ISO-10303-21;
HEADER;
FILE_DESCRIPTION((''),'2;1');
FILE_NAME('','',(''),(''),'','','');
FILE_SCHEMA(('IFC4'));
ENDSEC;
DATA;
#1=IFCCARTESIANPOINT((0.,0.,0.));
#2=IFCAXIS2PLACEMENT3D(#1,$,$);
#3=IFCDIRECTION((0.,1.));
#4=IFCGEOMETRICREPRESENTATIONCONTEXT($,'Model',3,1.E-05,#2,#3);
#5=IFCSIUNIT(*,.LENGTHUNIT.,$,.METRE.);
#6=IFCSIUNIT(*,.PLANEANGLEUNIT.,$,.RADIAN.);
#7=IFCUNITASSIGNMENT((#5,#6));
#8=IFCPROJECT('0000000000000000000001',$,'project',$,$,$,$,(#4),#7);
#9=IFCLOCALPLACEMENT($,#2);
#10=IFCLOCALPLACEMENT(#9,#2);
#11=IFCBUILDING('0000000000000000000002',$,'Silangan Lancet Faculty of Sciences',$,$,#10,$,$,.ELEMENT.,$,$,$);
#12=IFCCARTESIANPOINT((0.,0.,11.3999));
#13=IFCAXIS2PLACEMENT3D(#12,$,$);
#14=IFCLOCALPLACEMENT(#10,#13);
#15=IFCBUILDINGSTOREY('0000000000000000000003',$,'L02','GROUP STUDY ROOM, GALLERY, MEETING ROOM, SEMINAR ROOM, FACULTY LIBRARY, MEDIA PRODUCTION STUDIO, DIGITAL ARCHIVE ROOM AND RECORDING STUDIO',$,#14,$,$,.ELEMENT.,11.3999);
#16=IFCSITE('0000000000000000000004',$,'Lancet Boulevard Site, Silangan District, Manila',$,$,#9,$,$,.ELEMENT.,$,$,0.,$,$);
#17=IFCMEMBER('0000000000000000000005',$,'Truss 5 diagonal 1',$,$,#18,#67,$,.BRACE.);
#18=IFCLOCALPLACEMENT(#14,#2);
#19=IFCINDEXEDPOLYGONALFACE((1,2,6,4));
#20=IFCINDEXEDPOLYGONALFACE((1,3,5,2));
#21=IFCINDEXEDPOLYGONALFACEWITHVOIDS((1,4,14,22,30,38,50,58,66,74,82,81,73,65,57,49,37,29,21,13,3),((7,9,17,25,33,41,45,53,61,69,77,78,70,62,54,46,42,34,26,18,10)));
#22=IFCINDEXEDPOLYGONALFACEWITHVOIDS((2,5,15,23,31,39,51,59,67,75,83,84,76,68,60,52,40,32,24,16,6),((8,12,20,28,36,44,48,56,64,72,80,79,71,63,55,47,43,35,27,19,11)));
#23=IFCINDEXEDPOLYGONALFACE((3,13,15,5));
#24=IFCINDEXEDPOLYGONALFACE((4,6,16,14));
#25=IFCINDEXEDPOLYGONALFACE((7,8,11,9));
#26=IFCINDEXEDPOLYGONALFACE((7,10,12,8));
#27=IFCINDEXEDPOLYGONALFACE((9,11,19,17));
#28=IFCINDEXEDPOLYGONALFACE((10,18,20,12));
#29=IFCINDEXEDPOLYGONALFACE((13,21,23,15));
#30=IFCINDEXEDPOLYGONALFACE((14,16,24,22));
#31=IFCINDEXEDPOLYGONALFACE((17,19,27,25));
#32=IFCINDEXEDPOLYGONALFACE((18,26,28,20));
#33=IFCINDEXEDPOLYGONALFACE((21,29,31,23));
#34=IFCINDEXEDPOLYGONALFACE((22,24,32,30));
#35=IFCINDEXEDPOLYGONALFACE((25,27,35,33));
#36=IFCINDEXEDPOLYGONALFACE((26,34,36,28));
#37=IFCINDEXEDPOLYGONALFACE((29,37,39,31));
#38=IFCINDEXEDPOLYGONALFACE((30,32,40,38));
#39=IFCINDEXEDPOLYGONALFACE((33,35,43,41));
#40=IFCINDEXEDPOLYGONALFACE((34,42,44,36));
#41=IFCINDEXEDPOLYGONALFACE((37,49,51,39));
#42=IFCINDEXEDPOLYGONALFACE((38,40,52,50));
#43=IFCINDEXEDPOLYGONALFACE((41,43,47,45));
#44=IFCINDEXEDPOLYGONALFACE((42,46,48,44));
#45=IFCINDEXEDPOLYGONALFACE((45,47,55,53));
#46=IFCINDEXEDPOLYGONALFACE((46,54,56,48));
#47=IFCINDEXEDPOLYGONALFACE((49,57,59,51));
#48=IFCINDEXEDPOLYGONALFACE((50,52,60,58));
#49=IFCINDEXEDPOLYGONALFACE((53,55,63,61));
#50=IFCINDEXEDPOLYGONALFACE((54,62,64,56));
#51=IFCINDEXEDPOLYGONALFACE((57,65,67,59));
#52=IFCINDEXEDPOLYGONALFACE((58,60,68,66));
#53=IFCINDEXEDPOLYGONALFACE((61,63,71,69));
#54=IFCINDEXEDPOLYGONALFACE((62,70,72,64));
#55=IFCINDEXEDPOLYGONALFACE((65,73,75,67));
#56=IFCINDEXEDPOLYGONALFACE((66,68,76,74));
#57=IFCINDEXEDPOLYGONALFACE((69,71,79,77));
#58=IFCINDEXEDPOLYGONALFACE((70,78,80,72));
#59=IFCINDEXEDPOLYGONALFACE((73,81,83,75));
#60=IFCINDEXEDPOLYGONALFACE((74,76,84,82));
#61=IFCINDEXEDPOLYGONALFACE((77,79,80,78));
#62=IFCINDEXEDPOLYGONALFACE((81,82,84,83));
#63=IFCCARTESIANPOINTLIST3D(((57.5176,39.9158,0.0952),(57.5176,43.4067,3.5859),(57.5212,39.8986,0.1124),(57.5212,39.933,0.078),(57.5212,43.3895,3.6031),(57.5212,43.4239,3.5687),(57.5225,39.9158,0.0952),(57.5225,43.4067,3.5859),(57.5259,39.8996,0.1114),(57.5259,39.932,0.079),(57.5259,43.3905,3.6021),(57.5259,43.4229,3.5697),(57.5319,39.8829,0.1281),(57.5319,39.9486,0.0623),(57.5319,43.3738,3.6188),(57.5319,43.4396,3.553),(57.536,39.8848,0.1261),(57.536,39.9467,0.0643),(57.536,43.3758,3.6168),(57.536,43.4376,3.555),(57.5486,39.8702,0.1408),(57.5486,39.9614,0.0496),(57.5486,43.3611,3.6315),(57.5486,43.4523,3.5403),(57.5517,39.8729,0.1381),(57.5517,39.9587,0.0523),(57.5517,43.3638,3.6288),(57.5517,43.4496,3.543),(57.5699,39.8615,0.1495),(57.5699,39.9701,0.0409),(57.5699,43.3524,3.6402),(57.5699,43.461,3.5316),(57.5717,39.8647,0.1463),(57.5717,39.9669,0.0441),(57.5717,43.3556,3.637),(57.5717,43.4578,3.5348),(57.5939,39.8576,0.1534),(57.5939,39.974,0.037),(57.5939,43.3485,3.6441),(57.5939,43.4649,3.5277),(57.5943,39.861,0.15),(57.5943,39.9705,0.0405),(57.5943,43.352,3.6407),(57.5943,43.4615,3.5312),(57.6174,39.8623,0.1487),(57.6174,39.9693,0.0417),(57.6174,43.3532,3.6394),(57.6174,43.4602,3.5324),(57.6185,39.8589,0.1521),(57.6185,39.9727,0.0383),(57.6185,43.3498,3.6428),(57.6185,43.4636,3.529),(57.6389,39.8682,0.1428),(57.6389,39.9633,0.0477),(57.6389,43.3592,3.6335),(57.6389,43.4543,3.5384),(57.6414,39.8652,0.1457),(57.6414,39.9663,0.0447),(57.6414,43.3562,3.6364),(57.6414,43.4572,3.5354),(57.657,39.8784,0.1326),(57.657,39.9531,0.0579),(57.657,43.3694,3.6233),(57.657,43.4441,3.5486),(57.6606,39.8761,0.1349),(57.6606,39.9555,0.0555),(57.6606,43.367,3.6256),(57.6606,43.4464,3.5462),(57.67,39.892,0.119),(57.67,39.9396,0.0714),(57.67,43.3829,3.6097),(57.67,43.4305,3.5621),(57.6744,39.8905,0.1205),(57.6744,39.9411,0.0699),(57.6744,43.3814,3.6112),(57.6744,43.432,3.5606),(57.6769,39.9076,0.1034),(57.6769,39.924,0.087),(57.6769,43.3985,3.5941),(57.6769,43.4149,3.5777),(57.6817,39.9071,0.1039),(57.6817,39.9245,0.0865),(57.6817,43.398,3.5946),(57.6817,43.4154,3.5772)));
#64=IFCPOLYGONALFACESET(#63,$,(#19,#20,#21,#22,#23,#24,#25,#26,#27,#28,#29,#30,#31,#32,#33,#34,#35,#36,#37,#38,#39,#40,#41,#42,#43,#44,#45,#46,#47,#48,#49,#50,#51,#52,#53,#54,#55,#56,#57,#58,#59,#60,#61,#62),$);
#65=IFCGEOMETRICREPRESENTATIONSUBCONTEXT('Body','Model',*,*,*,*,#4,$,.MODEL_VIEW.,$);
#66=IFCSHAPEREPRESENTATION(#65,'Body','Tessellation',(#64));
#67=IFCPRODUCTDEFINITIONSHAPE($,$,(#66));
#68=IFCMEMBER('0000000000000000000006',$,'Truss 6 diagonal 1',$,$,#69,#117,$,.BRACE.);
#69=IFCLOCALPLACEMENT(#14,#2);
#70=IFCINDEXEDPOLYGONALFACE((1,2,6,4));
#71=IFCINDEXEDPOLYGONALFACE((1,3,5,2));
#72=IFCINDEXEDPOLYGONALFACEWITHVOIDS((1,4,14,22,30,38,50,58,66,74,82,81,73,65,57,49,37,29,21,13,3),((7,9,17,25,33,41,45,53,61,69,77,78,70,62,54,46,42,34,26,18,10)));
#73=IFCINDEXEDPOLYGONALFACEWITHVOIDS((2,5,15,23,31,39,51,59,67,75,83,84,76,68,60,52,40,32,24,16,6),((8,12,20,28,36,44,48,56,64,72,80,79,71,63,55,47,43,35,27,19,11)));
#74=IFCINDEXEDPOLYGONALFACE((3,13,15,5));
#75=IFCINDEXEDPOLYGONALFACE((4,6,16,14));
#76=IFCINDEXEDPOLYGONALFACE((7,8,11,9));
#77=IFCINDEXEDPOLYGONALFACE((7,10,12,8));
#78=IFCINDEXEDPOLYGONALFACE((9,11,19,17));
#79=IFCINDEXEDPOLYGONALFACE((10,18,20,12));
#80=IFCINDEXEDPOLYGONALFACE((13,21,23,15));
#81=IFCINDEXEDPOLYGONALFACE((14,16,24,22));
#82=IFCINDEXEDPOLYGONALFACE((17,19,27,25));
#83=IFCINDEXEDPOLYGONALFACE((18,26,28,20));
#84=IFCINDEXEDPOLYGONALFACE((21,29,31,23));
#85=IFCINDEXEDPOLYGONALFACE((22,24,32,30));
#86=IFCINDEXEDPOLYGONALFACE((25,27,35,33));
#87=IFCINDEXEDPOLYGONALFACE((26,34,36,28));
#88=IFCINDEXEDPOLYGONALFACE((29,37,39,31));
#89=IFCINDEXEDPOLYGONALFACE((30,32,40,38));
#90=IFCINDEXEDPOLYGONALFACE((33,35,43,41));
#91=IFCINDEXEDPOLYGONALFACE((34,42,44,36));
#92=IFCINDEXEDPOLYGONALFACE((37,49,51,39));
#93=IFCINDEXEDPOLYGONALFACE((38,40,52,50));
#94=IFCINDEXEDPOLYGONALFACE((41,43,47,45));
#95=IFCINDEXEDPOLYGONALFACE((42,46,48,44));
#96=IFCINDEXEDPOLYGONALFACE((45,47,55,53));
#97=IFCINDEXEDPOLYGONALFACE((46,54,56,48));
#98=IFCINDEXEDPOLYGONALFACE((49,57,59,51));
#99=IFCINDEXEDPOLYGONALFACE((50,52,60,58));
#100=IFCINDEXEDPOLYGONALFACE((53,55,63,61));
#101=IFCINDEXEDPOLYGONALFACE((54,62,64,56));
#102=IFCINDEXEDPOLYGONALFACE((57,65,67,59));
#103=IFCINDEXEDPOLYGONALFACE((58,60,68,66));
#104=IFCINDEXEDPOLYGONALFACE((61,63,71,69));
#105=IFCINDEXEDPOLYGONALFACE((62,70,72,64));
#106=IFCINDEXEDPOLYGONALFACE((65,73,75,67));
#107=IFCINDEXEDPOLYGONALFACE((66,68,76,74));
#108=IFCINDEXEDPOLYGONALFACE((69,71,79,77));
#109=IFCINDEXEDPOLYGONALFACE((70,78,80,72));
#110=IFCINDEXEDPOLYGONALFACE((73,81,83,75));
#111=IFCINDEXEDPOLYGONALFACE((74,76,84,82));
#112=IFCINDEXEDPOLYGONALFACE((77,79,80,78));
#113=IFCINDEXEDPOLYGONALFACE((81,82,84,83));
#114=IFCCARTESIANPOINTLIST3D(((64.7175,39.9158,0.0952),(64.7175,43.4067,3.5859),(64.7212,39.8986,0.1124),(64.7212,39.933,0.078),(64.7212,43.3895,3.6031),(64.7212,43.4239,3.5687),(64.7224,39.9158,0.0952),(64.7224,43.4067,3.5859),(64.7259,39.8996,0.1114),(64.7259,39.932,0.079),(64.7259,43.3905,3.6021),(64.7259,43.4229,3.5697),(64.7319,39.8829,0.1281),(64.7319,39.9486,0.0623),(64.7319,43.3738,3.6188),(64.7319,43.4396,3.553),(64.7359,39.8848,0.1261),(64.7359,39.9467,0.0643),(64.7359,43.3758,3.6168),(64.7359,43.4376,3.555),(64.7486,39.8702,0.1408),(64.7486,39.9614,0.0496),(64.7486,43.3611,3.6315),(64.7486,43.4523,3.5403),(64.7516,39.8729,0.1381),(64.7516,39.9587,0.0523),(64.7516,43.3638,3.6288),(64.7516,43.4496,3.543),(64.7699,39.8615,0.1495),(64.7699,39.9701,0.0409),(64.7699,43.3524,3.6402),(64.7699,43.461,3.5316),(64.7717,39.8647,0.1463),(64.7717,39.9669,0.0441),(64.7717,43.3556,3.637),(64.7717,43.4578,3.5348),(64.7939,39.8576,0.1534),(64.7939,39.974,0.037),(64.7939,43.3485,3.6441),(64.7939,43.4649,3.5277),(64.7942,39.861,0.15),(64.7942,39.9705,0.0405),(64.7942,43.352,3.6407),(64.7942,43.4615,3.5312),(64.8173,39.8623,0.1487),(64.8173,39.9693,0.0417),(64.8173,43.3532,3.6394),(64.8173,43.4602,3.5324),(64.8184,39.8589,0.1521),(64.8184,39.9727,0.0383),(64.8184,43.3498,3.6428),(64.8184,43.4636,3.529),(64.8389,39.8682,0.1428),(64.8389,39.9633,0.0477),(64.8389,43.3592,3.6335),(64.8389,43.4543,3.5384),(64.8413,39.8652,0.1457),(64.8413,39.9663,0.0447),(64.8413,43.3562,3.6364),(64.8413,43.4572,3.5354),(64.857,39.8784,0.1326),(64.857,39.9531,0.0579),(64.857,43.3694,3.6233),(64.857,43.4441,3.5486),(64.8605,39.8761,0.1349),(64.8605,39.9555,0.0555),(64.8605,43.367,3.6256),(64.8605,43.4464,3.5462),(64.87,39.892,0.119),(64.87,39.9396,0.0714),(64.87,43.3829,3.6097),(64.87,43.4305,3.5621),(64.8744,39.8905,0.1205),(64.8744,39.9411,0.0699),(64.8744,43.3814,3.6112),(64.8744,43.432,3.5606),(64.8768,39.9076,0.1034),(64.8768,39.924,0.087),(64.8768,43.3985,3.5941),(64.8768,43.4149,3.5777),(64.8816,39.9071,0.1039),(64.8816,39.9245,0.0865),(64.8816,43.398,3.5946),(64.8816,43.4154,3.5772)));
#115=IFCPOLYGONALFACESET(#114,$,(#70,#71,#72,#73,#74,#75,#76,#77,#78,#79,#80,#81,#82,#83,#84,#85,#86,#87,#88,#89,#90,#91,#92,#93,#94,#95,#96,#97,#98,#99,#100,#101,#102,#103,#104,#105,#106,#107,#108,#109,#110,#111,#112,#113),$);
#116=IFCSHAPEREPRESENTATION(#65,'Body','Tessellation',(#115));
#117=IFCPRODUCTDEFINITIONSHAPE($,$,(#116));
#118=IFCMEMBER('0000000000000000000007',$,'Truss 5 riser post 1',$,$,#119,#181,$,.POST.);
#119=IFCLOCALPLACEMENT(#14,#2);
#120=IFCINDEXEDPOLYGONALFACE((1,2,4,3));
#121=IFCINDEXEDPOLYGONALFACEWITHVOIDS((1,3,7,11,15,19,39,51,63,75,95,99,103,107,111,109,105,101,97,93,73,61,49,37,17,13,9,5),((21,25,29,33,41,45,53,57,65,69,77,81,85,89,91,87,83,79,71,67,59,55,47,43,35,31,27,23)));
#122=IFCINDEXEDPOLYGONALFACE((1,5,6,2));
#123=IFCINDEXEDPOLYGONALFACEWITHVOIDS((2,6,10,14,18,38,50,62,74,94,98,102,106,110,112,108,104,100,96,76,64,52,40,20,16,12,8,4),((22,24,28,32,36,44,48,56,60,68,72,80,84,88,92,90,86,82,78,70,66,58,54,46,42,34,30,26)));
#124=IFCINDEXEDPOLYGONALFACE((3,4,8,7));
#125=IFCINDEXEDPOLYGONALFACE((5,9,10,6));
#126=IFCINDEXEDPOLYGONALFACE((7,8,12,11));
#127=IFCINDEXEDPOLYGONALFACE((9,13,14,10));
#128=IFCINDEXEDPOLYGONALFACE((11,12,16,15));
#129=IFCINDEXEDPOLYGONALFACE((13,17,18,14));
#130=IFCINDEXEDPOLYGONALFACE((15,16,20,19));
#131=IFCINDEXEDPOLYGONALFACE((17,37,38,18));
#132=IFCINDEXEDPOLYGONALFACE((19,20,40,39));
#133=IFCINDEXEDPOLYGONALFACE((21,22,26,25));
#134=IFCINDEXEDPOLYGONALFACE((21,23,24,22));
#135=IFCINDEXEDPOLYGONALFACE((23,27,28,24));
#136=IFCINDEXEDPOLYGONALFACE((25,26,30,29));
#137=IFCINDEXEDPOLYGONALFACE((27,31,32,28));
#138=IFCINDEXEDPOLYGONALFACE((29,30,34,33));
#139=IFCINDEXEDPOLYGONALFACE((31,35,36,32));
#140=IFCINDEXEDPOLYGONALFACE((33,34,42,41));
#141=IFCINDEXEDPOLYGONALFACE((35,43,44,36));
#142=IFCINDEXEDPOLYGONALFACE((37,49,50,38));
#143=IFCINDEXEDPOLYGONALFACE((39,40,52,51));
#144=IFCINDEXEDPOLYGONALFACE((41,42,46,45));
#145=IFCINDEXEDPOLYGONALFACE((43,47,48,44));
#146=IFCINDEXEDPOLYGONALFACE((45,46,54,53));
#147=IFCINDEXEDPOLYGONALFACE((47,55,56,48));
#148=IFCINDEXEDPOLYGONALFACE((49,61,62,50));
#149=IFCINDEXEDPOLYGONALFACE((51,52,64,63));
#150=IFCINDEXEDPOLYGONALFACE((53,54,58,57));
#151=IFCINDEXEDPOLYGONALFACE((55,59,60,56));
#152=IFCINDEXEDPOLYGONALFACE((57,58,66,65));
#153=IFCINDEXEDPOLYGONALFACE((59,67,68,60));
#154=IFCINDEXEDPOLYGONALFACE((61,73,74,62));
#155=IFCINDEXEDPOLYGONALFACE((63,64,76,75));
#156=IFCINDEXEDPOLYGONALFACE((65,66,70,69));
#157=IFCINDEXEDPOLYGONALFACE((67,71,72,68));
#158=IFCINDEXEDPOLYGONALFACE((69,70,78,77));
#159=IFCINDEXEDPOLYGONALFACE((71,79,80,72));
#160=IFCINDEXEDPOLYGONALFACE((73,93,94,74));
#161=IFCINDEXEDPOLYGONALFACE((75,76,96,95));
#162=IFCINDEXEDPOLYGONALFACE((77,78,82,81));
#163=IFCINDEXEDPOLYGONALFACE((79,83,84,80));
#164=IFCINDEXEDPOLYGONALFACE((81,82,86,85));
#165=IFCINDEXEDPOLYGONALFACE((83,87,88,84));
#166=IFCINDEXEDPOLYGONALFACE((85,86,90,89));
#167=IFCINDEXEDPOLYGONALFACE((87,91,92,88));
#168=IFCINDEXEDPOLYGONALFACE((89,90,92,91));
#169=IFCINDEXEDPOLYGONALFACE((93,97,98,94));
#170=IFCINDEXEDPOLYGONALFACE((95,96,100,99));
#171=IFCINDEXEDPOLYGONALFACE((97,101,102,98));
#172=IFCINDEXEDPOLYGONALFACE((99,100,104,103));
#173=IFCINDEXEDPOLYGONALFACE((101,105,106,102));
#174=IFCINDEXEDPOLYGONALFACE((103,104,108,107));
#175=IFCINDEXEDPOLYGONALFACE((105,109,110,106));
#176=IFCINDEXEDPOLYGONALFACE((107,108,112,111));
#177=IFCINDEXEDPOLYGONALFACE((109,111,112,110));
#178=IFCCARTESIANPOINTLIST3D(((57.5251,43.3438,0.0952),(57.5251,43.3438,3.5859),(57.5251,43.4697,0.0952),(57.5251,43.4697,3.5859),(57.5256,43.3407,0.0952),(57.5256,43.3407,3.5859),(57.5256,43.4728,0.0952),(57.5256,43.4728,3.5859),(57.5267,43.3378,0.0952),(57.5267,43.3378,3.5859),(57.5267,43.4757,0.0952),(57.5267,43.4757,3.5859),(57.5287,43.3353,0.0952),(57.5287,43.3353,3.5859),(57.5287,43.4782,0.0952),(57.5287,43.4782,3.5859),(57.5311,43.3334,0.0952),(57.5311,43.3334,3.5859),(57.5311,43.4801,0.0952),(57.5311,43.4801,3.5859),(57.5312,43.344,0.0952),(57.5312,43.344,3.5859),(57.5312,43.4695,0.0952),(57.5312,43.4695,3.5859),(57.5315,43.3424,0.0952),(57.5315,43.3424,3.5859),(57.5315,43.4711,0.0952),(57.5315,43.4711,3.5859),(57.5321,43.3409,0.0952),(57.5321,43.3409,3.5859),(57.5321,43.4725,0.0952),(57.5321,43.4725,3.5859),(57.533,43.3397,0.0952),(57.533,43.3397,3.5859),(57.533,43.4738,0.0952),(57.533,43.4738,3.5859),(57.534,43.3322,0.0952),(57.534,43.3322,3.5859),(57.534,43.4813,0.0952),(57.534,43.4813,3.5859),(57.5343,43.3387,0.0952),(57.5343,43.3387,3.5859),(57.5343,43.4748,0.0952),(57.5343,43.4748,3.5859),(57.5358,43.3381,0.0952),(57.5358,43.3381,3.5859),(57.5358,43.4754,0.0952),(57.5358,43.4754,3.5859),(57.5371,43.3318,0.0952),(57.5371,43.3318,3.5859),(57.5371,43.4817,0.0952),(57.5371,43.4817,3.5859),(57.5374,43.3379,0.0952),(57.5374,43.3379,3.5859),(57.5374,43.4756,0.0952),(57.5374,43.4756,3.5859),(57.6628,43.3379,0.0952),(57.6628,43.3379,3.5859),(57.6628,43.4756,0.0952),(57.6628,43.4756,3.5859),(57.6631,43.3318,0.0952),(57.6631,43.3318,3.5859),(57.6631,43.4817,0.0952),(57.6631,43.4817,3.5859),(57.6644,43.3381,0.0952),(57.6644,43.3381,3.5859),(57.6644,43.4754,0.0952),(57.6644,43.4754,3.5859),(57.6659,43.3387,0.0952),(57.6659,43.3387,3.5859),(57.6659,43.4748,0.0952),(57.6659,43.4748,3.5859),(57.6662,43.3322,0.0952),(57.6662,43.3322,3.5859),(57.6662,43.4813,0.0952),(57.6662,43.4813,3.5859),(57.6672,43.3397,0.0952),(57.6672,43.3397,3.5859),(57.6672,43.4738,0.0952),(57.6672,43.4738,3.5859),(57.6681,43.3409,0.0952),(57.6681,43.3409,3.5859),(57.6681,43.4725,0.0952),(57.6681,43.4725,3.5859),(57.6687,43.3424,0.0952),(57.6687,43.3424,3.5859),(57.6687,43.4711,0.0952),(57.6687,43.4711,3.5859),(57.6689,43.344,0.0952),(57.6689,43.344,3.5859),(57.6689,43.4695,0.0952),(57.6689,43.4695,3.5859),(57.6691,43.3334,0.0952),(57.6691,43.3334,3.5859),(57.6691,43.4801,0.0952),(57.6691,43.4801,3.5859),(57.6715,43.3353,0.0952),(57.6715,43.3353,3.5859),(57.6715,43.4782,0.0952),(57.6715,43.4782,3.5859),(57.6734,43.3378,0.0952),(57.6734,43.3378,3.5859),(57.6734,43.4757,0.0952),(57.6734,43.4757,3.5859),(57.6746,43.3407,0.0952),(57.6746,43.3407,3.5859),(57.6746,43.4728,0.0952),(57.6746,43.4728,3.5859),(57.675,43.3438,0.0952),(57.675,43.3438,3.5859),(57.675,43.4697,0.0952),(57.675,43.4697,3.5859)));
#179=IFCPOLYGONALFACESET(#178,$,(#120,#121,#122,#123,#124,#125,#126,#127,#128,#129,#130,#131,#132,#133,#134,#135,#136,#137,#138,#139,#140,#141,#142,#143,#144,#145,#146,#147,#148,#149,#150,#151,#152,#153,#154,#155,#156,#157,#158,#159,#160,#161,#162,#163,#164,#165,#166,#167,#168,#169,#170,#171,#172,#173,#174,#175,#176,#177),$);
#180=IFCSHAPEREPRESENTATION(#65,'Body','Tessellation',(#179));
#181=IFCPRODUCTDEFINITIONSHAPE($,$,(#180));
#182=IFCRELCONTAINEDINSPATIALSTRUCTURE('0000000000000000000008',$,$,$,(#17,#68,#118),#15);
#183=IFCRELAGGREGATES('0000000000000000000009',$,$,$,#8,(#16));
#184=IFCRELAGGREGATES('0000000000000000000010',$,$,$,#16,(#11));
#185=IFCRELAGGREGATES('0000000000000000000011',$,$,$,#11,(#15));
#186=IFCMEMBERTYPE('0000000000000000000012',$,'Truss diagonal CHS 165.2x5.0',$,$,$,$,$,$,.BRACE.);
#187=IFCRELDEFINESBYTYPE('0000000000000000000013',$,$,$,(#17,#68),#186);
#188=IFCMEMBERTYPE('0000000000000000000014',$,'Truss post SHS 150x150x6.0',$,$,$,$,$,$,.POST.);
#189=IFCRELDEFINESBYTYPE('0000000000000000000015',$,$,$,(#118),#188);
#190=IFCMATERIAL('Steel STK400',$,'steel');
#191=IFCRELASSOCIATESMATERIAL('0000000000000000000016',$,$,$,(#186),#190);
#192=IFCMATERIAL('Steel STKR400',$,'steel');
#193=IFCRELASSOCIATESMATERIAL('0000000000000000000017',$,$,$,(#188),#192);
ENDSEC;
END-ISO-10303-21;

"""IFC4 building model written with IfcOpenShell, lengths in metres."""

from ifc_helpers import new_model, si_unit, direction, frame, origin, origin_2d, place, context, subcontext, project, spatial, hollow_rectangle, hollow_circle, extrude, material, material_profile, profile_set, type_object, element, save


model = new_model("IFC4")

# Units and contexts
model_context = context("Model", 3, precision=1e-05, world=origin(), true_north=direction((0.0, 1.0)))
body_context = subcontext(model_context, "Body", "Model", "MODEL_VIEW")
ifc_project = project(units=[si_unit("LENGTHUNIT", "METRE"), si_unit("PLANEANGLEUNIT", "RADIAN")], contexts=[model_context])

# Site, building, storey
site_placement = place(None, origin())
site = spatial("IfcSite", under=ifc_project, at=site_placement, Name="Lancet Boulevard Site, Silangan District, Manila", CompositionType="ELEMENT", RefElevation=0.0)
building_placement = place(site_placement, origin())
building = spatial("IfcBuilding", under=site, at=building_placement, Name="Silangan Lancet Faculty of Sciences", CompositionType="ELEMENT")
storey_placement = place(building_placement, frame((0.0, 0.0, 11.3999)))
storey = spatial("IfcBuildingStorey", under=building, at=storey_placement, Name="L02", Description="GROUP STUDY ROOM, GALLERY, MEETING ROOM, SEMINAR ROOM, FACULTY LIBRARY, MEDIA PRODUCTION STUDIO, DIGITAL ARCHIVE ROOM AND RECORDING STUDIO", CompositionType="ELEMENT", Elevation=11.3999)

# Members
ifc_material_1 = material(Name="Steel STK400", Category="steel")
ifc_material_profile_1 = material_profile(ifc_material_1, hollow_circle(Radius=0.0825, WallThickness=0.0049, at=origin_2d()), Name="CHS 165.2x5.0")
ifc_profile_set_1 = profile_set([ifc_material_profile_1], Name="Steel STK400")
member_type_1 = type_object("IfcMemberType", Name="Truss diagonal CHS 165.2x5.0", PredefinedType="BRACE", material=ifc_profile_set_1)
for number, where, z_axis, x_axis, name in (
    (1, (57.6001, 39.9158, 0.0952), (0.0, 0.707132, 0.707082), (-1.0, 0.0, 0.0), "Truss 5 diagonal 1"),
    (2, (64.8, 39.9158, 0.0952), (0.0, 0.707132, 0.707082), (-1.0, 0.0, 0.0), "Truss 6 diagonal 1"),
):
    element("IfcMember", number, at=place(storey_placement, frame(where, z_axis=z_axis, x_axis=x_axis)), inside=storey, type_object=member_type_1, Name=name, PredefinedType="BRACE", context=body_context, shape_type="SweptSolid", body=[
        extrude(hollow_circle(Radius=0.0825, WallThickness=0.0049, at=origin_2d()), origin(), (0.0, 0.0, 1.0), 4.9368),
    ])
ifc_material_2 = material(Name="Steel STKR400", Category="steel")
ifc_material_profile_2 = material_profile(ifc_material_2, hollow_rectangle(XDim=0.1499, YDim=0.1499, WallThickness=0.0061, InnerFilletRadius=0.0061, OuterFilletRadius=0.012, at=origin_2d()), Name="SHS 150x150x6.0")
ifc_profile_set_2 = profile_set([ifc_material_profile_2], Name="Steel STKR400")
member_type_2 = type_object("IfcMemberType", Name="Truss post SHS 150x150x6.0", PredefinedType="POST", material=ifc_profile_set_2)
member_1_placement = place(storey_placement, frame((57.6001, 43.4067, 0.0952), z_axis=(0.0, 0.0, 1.0), x_axis=(1.0, 0.0, 0.0)))
element("IfcMember", 3, at=member_1_placement, inside=storey, type_object=member_type_2, Name="Truss 5 riser post 1", PredefinedType="POST", context=body_context, shape_type="SweptSolid", body=[
    extrude(hollow_rectangle(XDim=0.1499, YDim=0.1499, WallThickness=0.0061, InnerFilletRadius=0.0061, OuterFilletRadius=0.012, at=origin_2d()), origin(), (0.0, 0.0, 1.0), 3.4907),
])

save(model, "model.ifc")
